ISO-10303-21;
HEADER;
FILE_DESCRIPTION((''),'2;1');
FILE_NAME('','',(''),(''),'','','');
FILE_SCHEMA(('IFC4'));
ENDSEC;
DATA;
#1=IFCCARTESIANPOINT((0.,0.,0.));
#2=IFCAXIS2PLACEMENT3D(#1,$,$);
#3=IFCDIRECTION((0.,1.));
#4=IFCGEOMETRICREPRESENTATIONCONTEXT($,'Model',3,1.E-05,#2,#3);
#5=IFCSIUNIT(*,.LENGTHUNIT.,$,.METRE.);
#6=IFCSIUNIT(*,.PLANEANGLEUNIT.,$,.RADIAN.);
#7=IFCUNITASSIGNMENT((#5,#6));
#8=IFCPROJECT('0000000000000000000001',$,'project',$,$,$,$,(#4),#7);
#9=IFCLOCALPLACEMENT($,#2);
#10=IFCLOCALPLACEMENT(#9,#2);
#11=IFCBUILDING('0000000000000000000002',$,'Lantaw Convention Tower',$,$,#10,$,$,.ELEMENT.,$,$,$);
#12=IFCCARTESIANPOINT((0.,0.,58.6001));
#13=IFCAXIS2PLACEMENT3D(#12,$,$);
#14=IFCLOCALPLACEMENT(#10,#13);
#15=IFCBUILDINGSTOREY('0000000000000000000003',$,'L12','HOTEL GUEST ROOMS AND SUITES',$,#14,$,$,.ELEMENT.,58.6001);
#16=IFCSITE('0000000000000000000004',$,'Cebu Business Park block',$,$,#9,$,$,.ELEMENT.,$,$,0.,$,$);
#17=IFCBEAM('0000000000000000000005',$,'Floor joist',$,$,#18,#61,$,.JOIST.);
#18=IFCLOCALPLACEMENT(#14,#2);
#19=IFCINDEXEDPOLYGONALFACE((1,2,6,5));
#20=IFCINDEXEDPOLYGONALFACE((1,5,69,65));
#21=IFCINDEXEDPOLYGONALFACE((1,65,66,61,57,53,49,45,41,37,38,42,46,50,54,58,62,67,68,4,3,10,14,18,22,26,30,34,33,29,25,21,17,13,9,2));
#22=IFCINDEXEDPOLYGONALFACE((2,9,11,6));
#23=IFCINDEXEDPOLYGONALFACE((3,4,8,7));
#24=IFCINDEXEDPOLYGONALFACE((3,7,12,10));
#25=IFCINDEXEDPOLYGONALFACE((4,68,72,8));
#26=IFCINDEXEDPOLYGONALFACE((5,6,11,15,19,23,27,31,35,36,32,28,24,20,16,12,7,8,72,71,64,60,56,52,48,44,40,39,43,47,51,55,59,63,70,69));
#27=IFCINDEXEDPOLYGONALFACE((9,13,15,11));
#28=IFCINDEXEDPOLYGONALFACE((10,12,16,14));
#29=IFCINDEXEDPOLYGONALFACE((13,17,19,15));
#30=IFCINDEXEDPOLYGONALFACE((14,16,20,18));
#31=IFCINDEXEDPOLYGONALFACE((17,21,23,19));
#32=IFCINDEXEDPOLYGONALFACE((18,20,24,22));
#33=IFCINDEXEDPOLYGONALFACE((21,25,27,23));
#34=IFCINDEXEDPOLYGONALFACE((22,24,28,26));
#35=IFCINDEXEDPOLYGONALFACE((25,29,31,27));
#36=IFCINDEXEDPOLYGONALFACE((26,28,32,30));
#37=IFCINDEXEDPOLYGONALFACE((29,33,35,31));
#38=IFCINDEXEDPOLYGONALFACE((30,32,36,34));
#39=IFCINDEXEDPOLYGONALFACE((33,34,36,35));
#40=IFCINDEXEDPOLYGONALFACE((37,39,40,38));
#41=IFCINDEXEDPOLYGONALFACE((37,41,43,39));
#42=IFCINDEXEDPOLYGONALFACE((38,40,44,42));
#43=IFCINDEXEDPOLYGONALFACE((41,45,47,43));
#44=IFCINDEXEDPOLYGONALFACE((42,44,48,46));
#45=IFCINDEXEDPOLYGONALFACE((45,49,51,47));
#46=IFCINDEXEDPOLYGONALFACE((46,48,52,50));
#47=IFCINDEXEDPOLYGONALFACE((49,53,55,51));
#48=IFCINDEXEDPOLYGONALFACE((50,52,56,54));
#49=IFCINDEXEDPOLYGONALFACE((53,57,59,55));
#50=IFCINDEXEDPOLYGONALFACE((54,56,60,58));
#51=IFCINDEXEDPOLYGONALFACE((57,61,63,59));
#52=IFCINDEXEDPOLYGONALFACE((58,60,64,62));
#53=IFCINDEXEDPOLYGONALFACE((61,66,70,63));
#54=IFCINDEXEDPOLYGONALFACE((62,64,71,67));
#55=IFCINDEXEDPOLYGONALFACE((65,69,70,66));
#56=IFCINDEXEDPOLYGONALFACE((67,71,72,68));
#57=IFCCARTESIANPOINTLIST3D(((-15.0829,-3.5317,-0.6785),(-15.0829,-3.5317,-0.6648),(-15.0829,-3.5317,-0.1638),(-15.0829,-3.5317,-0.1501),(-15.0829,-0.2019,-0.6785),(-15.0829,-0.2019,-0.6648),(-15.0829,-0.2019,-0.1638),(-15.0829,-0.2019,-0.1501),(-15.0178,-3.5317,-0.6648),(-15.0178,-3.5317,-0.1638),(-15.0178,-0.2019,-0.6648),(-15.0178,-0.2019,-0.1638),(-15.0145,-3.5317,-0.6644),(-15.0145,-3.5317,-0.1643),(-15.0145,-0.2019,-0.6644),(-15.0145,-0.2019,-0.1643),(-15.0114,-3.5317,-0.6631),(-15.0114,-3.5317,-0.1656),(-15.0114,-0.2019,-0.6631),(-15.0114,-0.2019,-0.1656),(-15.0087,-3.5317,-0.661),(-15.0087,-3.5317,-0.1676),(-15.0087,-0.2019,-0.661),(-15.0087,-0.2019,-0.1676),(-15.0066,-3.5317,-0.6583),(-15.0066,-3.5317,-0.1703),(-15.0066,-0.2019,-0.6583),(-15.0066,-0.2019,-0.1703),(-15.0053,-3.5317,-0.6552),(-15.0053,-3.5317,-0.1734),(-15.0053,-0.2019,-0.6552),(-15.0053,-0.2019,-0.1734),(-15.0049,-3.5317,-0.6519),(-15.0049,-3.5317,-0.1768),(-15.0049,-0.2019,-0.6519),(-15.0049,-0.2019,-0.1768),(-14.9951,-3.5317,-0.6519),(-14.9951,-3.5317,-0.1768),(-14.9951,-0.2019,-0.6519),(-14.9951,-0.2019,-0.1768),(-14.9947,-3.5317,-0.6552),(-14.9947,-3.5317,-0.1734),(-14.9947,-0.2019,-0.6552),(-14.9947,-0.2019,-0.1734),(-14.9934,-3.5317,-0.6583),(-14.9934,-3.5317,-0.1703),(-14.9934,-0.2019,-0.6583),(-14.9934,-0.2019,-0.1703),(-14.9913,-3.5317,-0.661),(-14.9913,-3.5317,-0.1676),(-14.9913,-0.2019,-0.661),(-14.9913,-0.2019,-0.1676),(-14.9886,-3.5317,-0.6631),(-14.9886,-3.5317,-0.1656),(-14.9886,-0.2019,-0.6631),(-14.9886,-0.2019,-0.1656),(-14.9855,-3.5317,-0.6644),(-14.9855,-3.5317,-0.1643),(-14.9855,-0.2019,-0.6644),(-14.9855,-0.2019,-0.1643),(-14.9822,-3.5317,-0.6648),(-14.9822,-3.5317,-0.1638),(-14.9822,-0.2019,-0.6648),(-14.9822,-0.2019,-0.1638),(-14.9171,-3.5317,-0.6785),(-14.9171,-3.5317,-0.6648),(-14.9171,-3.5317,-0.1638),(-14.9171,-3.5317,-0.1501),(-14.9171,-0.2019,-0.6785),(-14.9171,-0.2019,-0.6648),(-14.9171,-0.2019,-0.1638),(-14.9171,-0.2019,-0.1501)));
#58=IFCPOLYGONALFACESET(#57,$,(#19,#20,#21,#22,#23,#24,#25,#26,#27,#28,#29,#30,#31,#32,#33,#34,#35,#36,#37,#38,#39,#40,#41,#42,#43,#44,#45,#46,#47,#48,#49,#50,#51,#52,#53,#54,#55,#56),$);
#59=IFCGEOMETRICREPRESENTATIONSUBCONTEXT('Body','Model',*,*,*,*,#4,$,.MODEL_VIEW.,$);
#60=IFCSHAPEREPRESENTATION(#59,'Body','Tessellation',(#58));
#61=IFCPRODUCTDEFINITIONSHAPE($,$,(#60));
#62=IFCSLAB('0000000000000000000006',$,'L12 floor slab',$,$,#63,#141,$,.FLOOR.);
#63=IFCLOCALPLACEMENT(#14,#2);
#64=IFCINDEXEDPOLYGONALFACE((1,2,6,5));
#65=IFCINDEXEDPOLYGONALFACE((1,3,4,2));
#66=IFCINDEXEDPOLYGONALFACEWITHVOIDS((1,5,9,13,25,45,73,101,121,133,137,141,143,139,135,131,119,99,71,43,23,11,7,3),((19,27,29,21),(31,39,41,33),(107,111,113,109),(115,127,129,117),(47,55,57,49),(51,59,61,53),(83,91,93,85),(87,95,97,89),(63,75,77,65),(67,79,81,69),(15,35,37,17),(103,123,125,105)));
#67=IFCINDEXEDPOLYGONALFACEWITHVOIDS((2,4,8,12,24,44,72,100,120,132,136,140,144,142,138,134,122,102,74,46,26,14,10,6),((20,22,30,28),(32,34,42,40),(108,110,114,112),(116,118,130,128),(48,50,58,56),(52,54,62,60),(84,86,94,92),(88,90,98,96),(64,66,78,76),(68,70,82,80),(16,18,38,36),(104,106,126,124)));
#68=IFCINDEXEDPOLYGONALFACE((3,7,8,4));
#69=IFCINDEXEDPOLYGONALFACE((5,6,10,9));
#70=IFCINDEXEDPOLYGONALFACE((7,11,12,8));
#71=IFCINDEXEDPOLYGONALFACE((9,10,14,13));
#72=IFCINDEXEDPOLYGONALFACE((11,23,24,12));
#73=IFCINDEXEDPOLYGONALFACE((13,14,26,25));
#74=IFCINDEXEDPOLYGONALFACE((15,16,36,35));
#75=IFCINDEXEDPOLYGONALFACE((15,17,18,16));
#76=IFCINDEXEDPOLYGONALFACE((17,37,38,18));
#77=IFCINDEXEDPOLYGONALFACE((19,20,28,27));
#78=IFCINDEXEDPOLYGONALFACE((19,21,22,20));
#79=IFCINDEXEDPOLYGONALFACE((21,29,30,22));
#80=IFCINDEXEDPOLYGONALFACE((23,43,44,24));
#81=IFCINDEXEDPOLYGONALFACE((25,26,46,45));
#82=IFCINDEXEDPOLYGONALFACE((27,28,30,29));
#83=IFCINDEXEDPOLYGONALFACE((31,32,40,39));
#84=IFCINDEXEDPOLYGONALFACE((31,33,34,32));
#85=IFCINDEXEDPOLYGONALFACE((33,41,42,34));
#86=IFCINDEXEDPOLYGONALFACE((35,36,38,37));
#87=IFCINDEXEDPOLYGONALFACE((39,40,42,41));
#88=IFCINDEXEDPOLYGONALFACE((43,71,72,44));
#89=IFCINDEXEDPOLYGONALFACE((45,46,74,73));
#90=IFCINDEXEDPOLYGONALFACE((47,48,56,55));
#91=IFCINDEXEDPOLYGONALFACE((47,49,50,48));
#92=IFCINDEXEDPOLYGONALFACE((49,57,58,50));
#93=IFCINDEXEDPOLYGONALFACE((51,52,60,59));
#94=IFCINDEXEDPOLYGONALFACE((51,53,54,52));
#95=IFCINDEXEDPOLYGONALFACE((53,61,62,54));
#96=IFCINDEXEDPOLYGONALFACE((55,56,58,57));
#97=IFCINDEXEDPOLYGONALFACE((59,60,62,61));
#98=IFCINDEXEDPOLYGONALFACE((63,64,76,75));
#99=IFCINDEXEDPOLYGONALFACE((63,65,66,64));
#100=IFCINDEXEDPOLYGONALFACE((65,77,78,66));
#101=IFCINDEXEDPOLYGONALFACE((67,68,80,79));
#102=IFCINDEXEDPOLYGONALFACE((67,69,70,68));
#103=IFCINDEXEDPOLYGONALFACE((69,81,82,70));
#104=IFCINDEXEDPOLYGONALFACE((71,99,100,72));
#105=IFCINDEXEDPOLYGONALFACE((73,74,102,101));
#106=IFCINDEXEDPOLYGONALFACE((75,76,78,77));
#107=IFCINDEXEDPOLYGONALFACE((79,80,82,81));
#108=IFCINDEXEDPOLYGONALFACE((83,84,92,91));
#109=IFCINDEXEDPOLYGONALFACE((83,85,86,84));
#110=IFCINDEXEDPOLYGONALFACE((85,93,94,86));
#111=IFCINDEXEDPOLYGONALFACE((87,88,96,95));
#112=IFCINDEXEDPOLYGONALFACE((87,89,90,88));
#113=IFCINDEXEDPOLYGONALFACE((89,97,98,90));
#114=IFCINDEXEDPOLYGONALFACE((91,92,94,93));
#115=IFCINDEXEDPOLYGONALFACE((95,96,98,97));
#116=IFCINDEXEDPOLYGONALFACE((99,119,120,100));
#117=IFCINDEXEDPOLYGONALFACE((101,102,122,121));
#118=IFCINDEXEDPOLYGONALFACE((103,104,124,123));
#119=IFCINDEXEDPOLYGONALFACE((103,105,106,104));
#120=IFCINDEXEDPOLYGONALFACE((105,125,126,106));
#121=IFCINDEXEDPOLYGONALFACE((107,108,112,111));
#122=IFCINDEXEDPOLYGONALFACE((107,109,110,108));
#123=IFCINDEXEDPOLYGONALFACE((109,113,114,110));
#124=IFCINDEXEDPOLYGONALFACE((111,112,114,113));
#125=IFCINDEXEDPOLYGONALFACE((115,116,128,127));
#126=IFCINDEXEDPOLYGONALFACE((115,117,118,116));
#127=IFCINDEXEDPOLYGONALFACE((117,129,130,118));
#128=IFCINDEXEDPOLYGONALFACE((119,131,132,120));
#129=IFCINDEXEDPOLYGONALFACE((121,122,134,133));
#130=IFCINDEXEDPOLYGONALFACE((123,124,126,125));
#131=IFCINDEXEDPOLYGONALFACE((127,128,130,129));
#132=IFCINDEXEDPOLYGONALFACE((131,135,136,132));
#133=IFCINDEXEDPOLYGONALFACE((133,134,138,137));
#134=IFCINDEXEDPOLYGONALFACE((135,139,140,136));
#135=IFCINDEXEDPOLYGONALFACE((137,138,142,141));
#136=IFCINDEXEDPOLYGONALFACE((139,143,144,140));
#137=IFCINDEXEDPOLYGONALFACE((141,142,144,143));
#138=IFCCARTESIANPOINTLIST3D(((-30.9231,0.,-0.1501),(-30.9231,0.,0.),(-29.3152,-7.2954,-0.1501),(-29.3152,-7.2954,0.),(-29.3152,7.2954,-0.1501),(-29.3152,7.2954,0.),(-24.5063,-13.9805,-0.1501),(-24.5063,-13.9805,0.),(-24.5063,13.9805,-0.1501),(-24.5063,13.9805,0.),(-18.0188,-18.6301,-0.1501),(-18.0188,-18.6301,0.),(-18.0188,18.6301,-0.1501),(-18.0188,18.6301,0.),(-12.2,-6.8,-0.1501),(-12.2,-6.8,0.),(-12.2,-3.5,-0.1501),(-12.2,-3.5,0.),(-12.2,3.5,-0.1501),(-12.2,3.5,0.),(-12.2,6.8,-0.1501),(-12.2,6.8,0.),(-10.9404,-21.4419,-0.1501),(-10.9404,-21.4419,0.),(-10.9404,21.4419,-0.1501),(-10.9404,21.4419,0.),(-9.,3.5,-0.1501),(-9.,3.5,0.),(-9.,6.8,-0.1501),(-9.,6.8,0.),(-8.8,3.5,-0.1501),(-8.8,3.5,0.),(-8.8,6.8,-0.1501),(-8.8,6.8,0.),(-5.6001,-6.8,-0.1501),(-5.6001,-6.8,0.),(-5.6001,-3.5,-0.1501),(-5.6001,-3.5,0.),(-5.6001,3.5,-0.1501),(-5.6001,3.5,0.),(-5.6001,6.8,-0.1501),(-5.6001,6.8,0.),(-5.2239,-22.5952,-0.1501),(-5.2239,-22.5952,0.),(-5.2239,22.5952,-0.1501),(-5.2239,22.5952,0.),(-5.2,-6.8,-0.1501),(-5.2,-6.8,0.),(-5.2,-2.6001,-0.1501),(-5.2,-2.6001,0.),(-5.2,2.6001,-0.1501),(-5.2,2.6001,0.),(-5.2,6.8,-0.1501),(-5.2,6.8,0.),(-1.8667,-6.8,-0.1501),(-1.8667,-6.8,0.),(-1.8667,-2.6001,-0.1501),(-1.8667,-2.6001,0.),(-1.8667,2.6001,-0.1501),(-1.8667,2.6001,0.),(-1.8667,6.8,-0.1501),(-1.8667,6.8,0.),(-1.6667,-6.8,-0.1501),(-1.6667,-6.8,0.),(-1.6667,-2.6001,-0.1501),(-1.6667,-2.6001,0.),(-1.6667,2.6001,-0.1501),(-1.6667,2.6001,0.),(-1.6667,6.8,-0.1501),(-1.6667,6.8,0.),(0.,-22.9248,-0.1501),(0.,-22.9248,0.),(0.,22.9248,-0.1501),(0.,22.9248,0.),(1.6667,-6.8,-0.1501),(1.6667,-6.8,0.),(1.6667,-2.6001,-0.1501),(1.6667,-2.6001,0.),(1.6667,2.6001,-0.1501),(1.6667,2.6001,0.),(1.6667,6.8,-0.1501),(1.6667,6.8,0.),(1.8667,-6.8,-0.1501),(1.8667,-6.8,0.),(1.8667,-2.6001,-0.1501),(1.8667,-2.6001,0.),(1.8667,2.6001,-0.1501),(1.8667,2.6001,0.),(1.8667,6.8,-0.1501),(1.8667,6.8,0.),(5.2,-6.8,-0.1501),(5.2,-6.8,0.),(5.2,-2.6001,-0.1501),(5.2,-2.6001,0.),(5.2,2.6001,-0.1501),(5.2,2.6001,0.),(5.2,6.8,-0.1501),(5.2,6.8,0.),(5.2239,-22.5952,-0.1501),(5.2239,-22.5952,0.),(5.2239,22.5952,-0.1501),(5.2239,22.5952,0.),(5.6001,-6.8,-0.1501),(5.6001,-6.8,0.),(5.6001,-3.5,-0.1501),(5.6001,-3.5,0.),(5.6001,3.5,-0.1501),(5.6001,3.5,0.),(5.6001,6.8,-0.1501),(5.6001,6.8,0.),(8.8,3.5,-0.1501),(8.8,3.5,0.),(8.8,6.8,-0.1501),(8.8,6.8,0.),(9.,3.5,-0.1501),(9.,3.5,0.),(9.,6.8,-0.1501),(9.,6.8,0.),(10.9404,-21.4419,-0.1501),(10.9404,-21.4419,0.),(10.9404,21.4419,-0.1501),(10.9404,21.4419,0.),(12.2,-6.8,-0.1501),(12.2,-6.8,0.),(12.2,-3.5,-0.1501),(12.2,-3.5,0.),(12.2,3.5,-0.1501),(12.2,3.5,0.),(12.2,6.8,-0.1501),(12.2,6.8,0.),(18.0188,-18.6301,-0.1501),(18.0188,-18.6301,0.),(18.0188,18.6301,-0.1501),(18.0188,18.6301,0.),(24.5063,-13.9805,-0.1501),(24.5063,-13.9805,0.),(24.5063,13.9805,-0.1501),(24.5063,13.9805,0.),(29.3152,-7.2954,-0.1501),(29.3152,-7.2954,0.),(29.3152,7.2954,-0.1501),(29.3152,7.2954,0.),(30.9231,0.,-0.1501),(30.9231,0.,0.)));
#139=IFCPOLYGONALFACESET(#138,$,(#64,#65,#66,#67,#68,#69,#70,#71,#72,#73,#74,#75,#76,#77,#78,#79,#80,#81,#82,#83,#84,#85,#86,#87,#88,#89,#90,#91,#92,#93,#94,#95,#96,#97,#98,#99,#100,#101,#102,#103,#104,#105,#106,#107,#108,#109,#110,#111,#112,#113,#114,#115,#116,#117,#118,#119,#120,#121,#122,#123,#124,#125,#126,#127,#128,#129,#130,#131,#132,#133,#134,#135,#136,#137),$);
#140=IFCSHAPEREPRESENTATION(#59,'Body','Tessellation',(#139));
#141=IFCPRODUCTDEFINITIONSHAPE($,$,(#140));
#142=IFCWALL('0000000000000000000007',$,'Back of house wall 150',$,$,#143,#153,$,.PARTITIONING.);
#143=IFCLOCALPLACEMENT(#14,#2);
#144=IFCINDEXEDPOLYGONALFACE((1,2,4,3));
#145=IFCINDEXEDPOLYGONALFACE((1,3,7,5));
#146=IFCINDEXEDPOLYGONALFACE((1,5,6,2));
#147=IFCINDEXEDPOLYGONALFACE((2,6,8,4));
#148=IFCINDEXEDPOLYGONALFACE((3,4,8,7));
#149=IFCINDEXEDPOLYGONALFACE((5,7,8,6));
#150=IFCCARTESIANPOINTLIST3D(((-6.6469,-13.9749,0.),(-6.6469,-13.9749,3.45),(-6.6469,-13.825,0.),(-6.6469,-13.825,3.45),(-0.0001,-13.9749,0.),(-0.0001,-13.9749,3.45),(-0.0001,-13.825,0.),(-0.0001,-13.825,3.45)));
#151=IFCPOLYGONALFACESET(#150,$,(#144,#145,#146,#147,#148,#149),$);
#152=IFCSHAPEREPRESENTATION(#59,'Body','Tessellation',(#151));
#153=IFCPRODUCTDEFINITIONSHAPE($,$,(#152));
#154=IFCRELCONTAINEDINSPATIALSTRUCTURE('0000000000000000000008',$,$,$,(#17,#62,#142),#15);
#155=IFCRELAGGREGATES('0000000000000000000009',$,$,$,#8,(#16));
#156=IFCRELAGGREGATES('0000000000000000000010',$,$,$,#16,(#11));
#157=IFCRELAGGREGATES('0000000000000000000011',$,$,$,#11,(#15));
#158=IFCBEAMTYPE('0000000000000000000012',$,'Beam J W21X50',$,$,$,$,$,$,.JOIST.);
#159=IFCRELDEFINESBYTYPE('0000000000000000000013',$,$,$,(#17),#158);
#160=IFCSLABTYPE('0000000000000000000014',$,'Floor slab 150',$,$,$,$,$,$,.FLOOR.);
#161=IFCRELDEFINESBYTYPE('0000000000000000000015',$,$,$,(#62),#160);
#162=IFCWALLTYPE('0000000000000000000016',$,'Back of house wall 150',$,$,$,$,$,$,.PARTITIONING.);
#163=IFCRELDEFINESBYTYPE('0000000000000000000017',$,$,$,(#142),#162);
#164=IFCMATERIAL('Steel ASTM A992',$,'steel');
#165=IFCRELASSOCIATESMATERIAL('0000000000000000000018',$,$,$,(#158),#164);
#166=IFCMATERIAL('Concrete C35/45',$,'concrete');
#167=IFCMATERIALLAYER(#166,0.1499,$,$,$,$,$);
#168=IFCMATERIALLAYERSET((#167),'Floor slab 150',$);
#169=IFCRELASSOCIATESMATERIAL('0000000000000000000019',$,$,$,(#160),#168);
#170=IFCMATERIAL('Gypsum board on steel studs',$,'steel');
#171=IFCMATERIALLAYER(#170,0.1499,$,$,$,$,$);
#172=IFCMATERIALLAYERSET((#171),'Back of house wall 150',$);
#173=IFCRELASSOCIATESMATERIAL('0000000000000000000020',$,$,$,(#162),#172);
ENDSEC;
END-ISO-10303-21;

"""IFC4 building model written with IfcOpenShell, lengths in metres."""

from ifc_helpers import new_model, si_unit, direction, frame, frame_2d, origin, origin_2d, place, context, subcontext, project, spatial, polyline, rectangle, i_section, outline, extrude, material, layer, layer_set, material_profile, profile_set, type_object, element, save


model = new_model("IFC4")

# Units and contexts
model_context = context("Model", 3, precision=1e-05, world=origin(), true_north=direction((0.0, 1.0)))
body_context = subcontext(model_context, "Body", "Model", "MODEL_VIEW")
ifc_project = project(units=[si_unit("LENGTHUNIT", "METRE"), si_unit("PLANEANGLEUNIT", "RADIAN")], contexts=[model_context])

# Site, building, storey
site_placement = place(None, origin())
site = spatial("IfcSite", under=ifc_project, at=site_placement, Name="Cebu Business Park block", CompositionType="ELEMENT", RefElevation=0.0)
building_placement = place(site_placement, origin())
building = spatial("IfcBuilding", under=site, at=building_placement, Name="Lantaw Convention Tower", CompositionType="ELEMENT")
storey_placement = place(building_placement, frame((0.0, 0.0, 58.6001)))
storey = spatial("IfcBuildingStorey", under=building, at=storey_placement, Name="L12", Description="HOTEL GUEST ROOMS AND SUITES", CompositionType="ELEMENT", Elevation=58.6001)

# Beam
ifc_material_1 = material(Name="Steel ASTM A992", Category="steel")
ifc_material_profile_1 = material_profile(ifc_material_1, i_section(OverallWidth=0.1658, OverallDepth=0.5283, WebThickness=0.0098, FlangeThickness=0.0137, FilletRadius=0.0129, at=origin_2d()), Name="W21X50")
ifc_profile_set_1 = profile_set([ifc_material_profile_1], Name="Steel ASTM A992")
beam_type_1 = type_object("IfcBeamType", Name="Beam J W21X50", PredefinedType="JOIST", material=ifc_profile_set_1)
beam_1_placement = place(storey_placement, frame((-15.0, -3.5317, -0.4143), z_axis=(0.0, 1.0, 0.0), x_axis=(-1.0, 0.0, 0.0)))
element("IfcBeam", 1, at=beam_1_placement, inside=storey, type_object=beam_type_1, Name="Floor joist", PredefinedType="JOIST", context=body_context, shape_type="SweptSolid", body=[
    extrude(i_section(OverallWidth=0.1658, OverallDepth=0.5283, WebThickness=0.0098, FlangeThickness=0.0137, FilletRadius=0.0129, at=origin_2d()), origin(), (0.0, 0.0, 1.0), 3.3298),
])

# Slab
ifc_material_2 = material(Name="Concrete C35/45", Category="concrete")
ifc_layer_1 = layer(ifc_material_2, 0.1499)
ifc_layer_set_1 = layer_set([ifc_layer_1], Name="Floor slab 150")
slab_type = type_object("IfcSlabType", Name="Floor slab 150", PredefinedType="FLOOR", material=ifc_layer_set_1)
slab_placement = place(storey_placement, frame((0.0, 0.0, -0.1501)))
element("IfcSlab", 2, at=slab_placement, inside=storey, type_object=slab_type, Name="L12 floor slab", PredefinedType="FLOOR", context=body_context, shape_type="SweptSolid", body=[
    extrude(outline(polyline([(29.3152, -7.2954), (30.9231, 0.0), (29.3152, 7.2954), (24.5063, 13.9805), (18.0188, 18.6301), (10.9404, 21.4419), (5.2239, 22.5952), (0.0, 22.9248), (-5.2239, 22.5952), (-10.9404, 21.4419), (-18.0188, 18.6301), (-24.5063, 13.9805), (-29.3152, 7.2954), (-30.9231, 0.0), (-29.3152, -7.2954), (-24.5063, -13.9805), (-18.0188, -18.6301), (-10.9404, -21.4419), (-5.2239, -22.5952), (0.0, -22.9248), (5.2239, -22.5952), (10.9404, -21.4419), (18.0188, -18.6301), (24.5063, -13.9805), (29.3152, -7.2954)]), holes=[polyline([(-5.6001, -3.5), (-12.2, -3.5), (-12.2, -6.8), (-5.6001, -6.8), (-5.6001, -3.5)]), polyline([(-1.8667, -6.8), (-1.8667, -2.6001), (-5.2, -2.6001), (-5.2, -6.8), (-1.8667, -6.8)]), polyline([(-1.8667, 2.6001), (-1.8667, 6.8), (-5.2, 6.8), (-5.2, 2.6001), (-1.8667, 2.6001)]), polyline([(1.6667, 6.8), (-1.6667, 6.8), (-1.6667, 2.6001), (1.6667, 2.6001), (1.6667, 6.8)]), polyline([(-9.0, 3.5), (-9.0, 6.8), (-12.2, 6.8), (-12.2, 3.5), (-9.0, 3.5)]), polyline([(-5.6001, 3.5), (-5.6001, 6.8), (-8.8, 6.8), (-8.8, 3.5), (-5.6001, 3.5)]), polyline([(12.2, -3.5), (5.6001, -3.5), (5.6001, -6.8), (12.2, -6.8), (12.2, -3.5)]), polyline([(1.6667, -6.8), (1.6667, -2.6001), (-1.6667, -2.6001), (-1.6667, -6.8), (1.6667, -6.8)]), polyline([(5.2, -6.8), (5.2, -2.6001), (1.8667, -2.6001), (1.8667, -6.8), (5.2, -6.8)]), polyline([(5.2, 6.8), (1.8667, 6.8), (1.8667, 2.6001), (5.2, 2.6001), (5.2, 6.8)]), polyline([(8.8, 3.5), (8.8, 6.8), (5.6001, 6.8), (5.6001, 3.5), (8.8, 3.5)]), polyline([(12.2, 3.5), (12.2, 6.8), (9.0, 6.8), (9.0, 3.5), (12.2, 3.5)])]), origin(), (0.0, 0.0, 1.0), 0.1501),
])

# Wall
ifc_material_3 = material(Name="Gypsum board on steel studs", Category="steel")
ifc_layer_2 = layer(ifc_material_3, 0.1499)
ifc_layer_set_2 = layer_set([ifc_layer_2], Name="Back of house wall 150")
wall_type_1 = type_object("IfcWallType", Name="Back of house wall 150", PredefinedType="PARTITIONING", material=ifc_layer_set_2)
wall_1_placement = place(storey_placement, frame((-6.6467, -13.8999, 0.0), z_axis=(0.0, 0.0, 1.0), x_axis=(1.0, 0.0, 0.0)))
element("IfcWall", 3, at=wall_1_placement, inside=storey, type_object=wall_type_1, Name="Back of house wall 150", PredefinedType="PARTITIONING", context=body_context, shape_type="SweptSolid", body=[
    extrude(rectangle(XDim=6.6467, YDim=0.1499, at=frame_2d((3.3232, 0.0))), origin(), (0.0, 0.0, 1.0), 3.45),
])

save(model, "model.ifc")
